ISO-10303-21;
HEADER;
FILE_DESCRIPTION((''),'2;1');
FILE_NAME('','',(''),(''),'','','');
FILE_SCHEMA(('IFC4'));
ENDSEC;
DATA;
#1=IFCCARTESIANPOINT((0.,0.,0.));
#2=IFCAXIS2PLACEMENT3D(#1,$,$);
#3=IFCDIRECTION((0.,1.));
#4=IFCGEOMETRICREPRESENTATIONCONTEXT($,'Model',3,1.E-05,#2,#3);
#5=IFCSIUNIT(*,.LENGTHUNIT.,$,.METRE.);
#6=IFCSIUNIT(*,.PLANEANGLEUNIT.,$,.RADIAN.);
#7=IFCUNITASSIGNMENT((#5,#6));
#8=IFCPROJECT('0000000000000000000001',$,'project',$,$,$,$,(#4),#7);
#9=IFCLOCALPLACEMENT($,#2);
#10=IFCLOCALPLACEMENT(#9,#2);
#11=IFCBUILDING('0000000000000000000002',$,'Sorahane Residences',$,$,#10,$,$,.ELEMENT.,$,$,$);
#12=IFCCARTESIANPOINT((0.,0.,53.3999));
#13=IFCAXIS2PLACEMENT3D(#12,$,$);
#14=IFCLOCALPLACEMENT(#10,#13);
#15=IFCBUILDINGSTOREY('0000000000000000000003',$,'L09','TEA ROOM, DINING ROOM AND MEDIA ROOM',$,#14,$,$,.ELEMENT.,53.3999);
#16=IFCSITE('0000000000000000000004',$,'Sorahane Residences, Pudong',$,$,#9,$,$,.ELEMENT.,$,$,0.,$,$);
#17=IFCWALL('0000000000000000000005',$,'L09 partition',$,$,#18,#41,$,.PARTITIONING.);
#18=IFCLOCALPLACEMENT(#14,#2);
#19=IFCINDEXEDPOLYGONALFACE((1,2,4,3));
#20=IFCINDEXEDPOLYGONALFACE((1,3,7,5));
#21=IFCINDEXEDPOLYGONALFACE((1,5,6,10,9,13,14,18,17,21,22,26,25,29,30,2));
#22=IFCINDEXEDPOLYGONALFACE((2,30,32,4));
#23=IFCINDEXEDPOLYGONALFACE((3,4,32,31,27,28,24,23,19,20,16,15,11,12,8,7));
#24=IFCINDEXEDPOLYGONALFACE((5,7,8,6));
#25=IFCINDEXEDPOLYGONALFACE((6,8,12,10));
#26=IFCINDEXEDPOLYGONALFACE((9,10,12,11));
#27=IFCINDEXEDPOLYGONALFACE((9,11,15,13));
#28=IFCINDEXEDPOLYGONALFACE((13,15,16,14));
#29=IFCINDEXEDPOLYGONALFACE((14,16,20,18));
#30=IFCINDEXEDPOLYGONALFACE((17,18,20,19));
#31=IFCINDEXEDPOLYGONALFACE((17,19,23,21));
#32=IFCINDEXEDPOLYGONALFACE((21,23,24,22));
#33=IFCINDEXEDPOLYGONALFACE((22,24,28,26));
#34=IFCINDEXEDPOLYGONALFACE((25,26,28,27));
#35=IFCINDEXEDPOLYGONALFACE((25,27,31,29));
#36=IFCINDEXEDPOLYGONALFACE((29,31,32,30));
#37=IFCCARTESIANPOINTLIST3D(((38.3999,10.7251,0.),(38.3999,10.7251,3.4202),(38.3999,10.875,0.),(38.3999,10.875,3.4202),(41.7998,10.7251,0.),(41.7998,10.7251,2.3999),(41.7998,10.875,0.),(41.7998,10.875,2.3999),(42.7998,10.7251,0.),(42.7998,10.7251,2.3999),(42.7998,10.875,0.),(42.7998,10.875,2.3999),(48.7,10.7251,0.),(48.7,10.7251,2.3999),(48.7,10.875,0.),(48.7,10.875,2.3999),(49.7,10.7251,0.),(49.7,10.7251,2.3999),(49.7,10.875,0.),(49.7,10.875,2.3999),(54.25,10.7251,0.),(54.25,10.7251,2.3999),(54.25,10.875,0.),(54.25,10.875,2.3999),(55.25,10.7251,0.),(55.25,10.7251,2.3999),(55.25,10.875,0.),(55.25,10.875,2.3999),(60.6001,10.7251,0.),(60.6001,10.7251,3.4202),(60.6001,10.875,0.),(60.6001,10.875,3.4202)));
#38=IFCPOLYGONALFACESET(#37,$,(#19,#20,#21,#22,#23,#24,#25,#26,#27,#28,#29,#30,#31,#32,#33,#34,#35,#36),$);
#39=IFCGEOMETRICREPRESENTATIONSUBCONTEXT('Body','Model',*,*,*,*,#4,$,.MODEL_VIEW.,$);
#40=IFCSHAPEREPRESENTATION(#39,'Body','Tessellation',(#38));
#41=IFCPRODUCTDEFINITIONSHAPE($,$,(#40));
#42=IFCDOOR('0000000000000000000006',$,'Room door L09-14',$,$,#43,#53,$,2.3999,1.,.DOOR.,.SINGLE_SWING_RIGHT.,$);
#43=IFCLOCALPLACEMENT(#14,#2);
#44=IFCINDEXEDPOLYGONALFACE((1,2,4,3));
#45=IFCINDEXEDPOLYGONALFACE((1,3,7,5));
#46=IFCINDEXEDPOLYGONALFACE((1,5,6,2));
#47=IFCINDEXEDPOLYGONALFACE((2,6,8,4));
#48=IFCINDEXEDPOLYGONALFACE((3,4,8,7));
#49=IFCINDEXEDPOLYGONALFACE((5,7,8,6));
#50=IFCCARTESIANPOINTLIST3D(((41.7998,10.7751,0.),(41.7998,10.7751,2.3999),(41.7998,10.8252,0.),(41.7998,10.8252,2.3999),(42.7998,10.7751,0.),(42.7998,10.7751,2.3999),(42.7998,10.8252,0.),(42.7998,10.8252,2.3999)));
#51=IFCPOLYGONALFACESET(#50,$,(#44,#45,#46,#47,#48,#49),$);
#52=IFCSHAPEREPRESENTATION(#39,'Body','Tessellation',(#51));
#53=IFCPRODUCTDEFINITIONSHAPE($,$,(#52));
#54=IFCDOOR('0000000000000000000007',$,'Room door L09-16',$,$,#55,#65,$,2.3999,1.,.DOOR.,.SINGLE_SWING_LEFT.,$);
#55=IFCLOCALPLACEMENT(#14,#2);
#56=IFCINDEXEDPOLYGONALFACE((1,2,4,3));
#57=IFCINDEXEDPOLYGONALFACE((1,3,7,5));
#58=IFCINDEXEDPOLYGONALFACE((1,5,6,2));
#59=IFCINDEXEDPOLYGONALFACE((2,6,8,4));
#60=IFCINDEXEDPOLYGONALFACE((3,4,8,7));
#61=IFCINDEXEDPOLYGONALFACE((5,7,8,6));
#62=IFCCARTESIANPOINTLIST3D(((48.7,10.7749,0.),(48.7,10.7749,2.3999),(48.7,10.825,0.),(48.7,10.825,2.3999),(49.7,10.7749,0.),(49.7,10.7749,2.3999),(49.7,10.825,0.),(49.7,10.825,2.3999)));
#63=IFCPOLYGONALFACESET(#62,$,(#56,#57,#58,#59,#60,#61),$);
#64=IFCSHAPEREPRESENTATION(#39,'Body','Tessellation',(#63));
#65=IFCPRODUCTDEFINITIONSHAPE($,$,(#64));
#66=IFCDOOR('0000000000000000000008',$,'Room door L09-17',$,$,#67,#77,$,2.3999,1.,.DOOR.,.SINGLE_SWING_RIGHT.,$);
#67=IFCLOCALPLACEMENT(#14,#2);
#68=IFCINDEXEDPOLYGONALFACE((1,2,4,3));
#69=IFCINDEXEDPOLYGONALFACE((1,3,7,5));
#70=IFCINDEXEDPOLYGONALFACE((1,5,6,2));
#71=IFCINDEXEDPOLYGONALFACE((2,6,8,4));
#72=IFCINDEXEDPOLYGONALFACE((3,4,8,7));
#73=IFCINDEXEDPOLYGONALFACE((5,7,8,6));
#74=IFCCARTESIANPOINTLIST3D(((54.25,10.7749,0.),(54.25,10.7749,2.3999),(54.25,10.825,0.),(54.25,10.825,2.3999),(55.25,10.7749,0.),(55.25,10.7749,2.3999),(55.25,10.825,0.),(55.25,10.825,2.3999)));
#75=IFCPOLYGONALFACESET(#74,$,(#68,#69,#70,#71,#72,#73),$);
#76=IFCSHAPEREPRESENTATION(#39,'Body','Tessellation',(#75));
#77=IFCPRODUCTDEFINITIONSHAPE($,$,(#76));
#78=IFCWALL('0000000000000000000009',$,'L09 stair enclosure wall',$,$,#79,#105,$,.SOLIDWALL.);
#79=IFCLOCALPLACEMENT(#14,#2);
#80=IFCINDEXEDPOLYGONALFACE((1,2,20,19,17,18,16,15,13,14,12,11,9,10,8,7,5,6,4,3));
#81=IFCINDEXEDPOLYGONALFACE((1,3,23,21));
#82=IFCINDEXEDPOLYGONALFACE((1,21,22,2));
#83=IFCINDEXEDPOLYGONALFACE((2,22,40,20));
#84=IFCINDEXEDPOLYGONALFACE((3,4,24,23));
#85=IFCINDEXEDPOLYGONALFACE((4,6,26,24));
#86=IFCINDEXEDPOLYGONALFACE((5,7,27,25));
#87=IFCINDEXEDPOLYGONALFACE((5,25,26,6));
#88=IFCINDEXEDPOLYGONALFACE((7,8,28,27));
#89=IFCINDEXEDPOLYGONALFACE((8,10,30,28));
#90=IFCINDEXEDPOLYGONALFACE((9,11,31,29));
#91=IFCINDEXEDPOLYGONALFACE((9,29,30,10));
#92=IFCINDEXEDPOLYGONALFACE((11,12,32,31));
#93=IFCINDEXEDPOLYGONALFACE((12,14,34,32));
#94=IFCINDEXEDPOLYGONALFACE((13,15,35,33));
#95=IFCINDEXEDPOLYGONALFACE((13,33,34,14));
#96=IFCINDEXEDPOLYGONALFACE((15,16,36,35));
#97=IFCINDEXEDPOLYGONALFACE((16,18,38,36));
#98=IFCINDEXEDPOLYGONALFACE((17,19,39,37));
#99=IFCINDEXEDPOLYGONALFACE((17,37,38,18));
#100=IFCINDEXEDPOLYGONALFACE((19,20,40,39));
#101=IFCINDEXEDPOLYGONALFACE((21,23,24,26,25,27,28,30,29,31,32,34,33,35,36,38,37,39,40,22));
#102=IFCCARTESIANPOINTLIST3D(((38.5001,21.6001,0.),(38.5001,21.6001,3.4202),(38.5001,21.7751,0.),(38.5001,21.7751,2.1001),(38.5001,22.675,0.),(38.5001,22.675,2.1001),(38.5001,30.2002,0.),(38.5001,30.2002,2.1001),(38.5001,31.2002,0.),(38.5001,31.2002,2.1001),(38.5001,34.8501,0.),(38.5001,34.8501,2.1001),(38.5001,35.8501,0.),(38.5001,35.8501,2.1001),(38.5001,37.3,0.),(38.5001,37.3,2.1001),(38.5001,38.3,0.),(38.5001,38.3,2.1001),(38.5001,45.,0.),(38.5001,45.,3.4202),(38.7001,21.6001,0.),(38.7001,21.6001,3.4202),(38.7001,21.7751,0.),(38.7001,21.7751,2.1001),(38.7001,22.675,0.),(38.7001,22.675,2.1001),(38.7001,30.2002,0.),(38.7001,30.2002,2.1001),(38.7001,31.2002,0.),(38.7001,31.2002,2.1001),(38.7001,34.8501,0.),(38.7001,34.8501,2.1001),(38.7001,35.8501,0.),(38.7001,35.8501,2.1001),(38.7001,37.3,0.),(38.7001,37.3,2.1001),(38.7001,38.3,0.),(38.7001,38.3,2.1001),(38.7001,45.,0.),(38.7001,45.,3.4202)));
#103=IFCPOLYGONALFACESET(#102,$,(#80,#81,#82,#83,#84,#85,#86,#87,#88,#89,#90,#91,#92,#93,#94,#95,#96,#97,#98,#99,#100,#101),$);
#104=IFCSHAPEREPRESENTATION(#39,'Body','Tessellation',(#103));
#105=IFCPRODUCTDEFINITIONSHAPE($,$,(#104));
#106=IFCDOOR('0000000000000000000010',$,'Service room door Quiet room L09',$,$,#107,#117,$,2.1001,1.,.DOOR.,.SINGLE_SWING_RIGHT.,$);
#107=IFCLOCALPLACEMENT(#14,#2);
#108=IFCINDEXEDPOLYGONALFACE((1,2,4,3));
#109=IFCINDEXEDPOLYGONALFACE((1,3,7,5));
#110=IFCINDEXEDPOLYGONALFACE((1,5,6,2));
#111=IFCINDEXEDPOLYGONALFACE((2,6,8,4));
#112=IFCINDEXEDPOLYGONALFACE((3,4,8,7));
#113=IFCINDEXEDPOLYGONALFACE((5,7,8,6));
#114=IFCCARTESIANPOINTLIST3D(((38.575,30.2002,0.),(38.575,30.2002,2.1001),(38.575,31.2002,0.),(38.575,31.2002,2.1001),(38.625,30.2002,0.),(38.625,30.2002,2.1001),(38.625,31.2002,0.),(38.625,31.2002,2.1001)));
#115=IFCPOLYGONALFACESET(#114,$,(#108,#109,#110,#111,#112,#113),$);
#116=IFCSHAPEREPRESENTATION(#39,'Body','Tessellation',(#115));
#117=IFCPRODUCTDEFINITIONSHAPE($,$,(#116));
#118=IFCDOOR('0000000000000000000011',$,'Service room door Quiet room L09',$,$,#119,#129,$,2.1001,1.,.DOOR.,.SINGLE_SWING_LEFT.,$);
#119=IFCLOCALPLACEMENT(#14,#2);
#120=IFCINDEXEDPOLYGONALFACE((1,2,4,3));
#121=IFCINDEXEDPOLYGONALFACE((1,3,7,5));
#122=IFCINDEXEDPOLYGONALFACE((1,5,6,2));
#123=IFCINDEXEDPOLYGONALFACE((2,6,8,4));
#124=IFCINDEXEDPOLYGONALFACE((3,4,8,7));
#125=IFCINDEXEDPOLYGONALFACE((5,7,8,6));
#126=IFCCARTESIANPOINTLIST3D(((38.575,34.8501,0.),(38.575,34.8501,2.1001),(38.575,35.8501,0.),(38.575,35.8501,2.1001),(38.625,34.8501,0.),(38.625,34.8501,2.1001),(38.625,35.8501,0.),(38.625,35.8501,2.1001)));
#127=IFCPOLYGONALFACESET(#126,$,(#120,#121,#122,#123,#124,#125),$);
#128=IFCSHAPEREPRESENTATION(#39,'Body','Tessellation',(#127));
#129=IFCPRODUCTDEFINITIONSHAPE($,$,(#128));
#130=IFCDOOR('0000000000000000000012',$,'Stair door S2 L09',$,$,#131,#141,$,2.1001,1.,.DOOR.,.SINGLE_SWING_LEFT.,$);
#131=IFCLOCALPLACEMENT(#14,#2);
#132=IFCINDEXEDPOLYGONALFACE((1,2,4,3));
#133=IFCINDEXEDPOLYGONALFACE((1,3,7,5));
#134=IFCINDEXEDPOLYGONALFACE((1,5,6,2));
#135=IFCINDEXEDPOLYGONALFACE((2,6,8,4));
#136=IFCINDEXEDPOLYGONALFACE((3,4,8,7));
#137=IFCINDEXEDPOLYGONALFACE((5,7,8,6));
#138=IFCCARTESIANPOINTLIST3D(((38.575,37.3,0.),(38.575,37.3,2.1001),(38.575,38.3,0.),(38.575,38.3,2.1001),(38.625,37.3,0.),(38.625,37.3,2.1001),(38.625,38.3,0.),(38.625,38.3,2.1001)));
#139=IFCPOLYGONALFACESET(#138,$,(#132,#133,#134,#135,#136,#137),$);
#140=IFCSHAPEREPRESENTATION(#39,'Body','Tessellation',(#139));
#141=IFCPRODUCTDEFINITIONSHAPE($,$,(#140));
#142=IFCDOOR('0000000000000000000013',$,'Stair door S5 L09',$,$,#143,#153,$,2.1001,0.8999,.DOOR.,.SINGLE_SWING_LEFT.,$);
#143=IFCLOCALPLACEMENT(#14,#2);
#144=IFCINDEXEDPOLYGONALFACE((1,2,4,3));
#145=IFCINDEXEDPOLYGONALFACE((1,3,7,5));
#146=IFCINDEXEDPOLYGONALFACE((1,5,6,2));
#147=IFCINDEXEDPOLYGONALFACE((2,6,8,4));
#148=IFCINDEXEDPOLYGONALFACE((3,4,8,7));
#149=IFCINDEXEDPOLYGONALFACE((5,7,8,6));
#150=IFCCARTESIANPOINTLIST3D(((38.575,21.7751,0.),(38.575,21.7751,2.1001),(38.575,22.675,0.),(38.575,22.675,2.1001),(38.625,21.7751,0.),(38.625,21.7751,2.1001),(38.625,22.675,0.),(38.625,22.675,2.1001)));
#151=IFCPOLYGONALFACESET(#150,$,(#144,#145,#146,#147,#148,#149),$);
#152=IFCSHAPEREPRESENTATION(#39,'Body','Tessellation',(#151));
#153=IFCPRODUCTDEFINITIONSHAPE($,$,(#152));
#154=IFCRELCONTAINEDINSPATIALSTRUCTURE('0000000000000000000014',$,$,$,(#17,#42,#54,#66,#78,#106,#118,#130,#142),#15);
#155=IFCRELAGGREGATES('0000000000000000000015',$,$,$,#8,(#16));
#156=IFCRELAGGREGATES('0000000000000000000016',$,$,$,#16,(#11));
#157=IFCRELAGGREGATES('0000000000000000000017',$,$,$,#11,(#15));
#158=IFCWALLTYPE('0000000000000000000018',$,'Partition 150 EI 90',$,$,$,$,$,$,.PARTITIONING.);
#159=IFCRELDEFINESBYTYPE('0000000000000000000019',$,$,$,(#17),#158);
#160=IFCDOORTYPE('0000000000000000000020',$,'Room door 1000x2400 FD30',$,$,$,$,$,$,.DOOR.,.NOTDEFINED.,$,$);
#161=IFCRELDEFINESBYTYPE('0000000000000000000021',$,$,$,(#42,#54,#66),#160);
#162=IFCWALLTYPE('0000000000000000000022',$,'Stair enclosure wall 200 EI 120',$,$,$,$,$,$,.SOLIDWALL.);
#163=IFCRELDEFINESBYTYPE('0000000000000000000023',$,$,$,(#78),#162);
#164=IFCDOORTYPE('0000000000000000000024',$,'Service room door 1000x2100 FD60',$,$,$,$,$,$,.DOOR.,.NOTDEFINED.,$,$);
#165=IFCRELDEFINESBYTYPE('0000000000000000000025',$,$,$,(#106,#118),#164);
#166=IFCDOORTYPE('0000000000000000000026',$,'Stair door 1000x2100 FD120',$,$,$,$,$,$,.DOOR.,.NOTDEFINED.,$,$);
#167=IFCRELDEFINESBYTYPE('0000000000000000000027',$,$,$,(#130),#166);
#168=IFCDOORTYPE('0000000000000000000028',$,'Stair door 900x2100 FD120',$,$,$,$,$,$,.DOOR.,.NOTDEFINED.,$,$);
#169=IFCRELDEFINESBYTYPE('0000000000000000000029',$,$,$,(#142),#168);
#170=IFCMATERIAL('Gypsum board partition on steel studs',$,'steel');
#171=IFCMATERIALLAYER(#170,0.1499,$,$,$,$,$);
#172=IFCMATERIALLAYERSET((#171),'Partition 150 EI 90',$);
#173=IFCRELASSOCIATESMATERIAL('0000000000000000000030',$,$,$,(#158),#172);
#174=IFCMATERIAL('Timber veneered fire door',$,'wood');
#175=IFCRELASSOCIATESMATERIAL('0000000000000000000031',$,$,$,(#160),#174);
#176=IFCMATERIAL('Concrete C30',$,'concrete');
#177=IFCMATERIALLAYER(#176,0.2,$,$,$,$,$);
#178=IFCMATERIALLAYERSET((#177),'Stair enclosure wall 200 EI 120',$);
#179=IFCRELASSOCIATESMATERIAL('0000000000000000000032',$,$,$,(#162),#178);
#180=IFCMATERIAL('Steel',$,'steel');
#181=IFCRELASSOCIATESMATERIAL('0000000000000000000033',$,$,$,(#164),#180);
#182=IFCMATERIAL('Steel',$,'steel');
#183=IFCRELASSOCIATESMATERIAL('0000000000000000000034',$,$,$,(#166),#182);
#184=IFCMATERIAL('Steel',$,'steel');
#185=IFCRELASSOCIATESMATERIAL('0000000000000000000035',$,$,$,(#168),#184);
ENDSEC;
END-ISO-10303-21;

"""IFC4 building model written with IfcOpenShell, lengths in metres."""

from ifc_helpers import new_model, si_unit, direction, frame, frame_2d, origin, place, context, subcontext, project, spatial, rectangle, extrude, material, layer, layer_set, type_object, element, fill, save


model = new_model("IFC4")

# Units and contexts
model_context = context("Model", 3, precision=1e-05, world=origin(), true_north=direction((0.0, 1.0)))
body_context = subcontext(model_context, "Body", "Model", "MODEL_VIEW")
ifc_project = project(units=[si_unit("LENGTHUNIT", "METRE"), si_unit("PLANEANGLEUNIT", "RADIAN")], contexts=[model_context])

# Site, building, storey
site_placement = place(None, origin())
site = spatial("IfcSite", under=ifc_project, at=site_placement, Name="Sorahane Residences, Pudong", CompositionType="ELEMENT", RefElevation=0.0)
building_placement = place(site_placement, origin())
building = spatial("IfcBuilding", under=site, at=building_placement, Name="Sorahane Residences", CompositionType="ELEMENT")
storey_placement = place(building_placement, frame((0.0, 0.0, 53.3999)))
storey = spatial("IfcBuildingStorey", under=building, at=storey_placement, Name="L09", Description="TEA ROOM, DINING ROOM AND MEDIA ROOM", CompositionType="ELEMENT", Elevation=53.3999)

# Walls, openings, doors
ifc_material_1 = material(Name="Gypsum board partition on steel studs", Category="steel")
ifc_layer_1 = layer(ifc_material_1, 0.1499)
ifc_layer_set_1 = layer_set([ifc_layer_1], Name="Partition 150 EI 90")
wall_type_1 = type_object("IfcWallType", Name="Partition 150 EI 90", PredefinedType="PARTITIONING", material=ifc_layer_set_1)
wall_1_placement = place(storey_placement, frame((38.3999, 10.8, 0.0), z_axis=(0.0, 0.0, 1.0), x_axis=(1.0, 0.0, 0.0)))
wall_1 = element("IfcWall", 1, at=wall_1_placement, inside=storey, type_object=wall_type_1, Name="L09 partition", PredefinedType="PARTITIONING", context=body_context, shape_type="SweptSolid", body=[
    extrude(rectangle(XDim=22.2002, YDim=0.1499, at=frame_2d((11.1001, 0.0))), origin(), (0.0, 0.0, 1.0), 3.4202),
])
opening_1_placement = place(wall_1_placement, frame((3.3999, 0.0, 0.0)))
opening_1 = element("IfcOpeningElement", 2, at=opening_1_placement, cuts=wall_1, PredefinedType="OPENING", context=body_context, shape_type="SweptSolid", body=[
    extrude(rectangle(XDim=1.0, YDim=2.3999, at=frame_2d((0.5, 1.2))), frame((0.0, 0.085, 0.0), z_axis=(0.0, -1.0, 0.0), x_axis=(1.0, 0.0, 0.0)), (0.0, 0.0, 1.0), 0.1699),
])
opening_2_placement = place(wall_1_placement, frame((10.3, 0.0, 0.0)))
opening_2 = element("IfcOpeningElement", 3, at=opening_2_placement, cuts=wall_1, PredefinedType="OPENING", context=body_context, shape_type="SweptSolid", body=[
    extrude(rectangle(XDim=1.0, YDim=2.3999, at=frame_2d((0.5, 1.2))), frame((0.0, 0.085, 0.0), z_axis=(0.0, -1.0, 0.0), x_axis=(1.0, 0.0, 0.0)), (0.0, 0.0, 1.0), 0.1699),
])
opening_3_placement = place(wall_1_placement, frame((15.8501, 0.0, 0.0)))
opening_3 = element("IfcOpeningElement", 4, at=opening_3_placement, cuts=wall_1, PredefinedType="OPENING", context=body_context, shape_type="SweptSolid", body=[
    extrude(rectangle(XDim=1.0, YDim=2.3999, at=frame_2d((0.5, 1.2))), frame((0.0, 0.085, 0.0), z_axis=(0.0, -1.0, 0.0), x_axis=(1.0, 0.0, 0.0)), (0.0, 0.0, 1.0), 0.1699),
])
ifc_material_2 = material(Name="Timber veneered fire door", Category="wood")
door_type_1 = type_object("IfcDoorType", Name="Room door 1000x2400 FD30", OperationType="NOTDEFINED", PredefinedType="DOOR", material=ifc_material_2)
door_1_placement = place(opening_1_placement, frame((1.0, 0.0, 0.0), z_axis=(0.0, 0.0, 1.0), x_axis=(-1.0, 0.0, 0.0)))
door_1 = element("IfcDoor", 5, at=door_1_placement, inside=storey, type_object=door_type_1, Name="Room door L09-14", OperationType="SINGLE_SWING_RIGHT", OverallHeight=2.3999, OverallWidth=1.0, PredefinedType="DOOR", context=body_context, shape_type="SweptSolid", body=[
    extrude(rectangle(XDim=1.0, YDim=2.3999, at=frame_2d((0.5, 1.2))), frame((0.0, 0.0249, 0.0), z_axis=(0.0, -1.0, 0.0), x_axis=(1.0, 0.0, 0.0)), (0.0, 0.0, 1.0), 0.05),
])
fill(opening_1, door_1)
door_2_placement = place(opening_2_placement, origin())
door_2 = element("IfcDoor", 6, at=door_2_placement, inside=storey, type_object=door_type_1, Name="Room door L09-16", OperationType="SINGLE_SWING_LEFT", OverallHeight=2.3999, OverallWidth=1.0, PredefinedType="DOOR", context=body_context, shape_type="SweptSolid", body=[
    extrude(rectangle(XDim=1.0, YDim=2.3999, at=frame_2d((0.5, 1.2))), frame((0.0, 0.0249, 0.0), z_axis=(0.0, -1.0, 0.0), x_axis=(1.0, 0.0, 0.0)), (0.0, 0.0, 1.0), 0.05),
])
fill(opening_2, door_2)
door_3_placement = place(opening_3_placement, origin())
door_3 = element("IfcDoor", 7, at=door_3_placement, inside=storey, type_object=door_type_1, Name="Room door L09-17", OperationType="SINGLE_SWING_RIGHT", OverallHeight=2.3999, OverallWidth=1.0, PredefinedType="DOOR", context=body_context, shape_type="SweptSolid", body=[
    extrude(rectangle(XDim=1.0, YDim=2.3999, at=frame_2d((0.5, 1.2))), frame((0.0, 0.0249, 0.0), z_axis=(0.0, -1.0, 0.0), x_axis=(1.0, 0.0, 0.0)), (0.0, 0.0, 1.0), 0.05),
])
fill(opening_3, door_3)
ifc_material_3 = material(Name="Concrete C30", Category="concrete")
ifc_layer_2 = layer(ifc_material_3, 0.2)
ifc_layer_set_2 = layer_set([ifc_layer_2], Name="Stair enclosure wall 200 EI 120")
wall_type_2 = type_object("IfcWallType", Name="Stair enclosure wall 200 EI 120", PredefinedType="SOLIDWALL", material=ifc_layer_set_2)
wall_2_placement = place(storey_placement, frame((38.6001, 21.6001, 0.0), z_axis=(0.0, 0.0, 1.0), x_axis=(0.0, 1.0, 0.0)))
wall_2 = element("IfcWall", 8, at=wall_2_placement, inside=storey, type_object=wall_type_2, Name="L09 stair enclosure wall", PredefinedType="SOLIDWALL", context=body_context, shape_type="SweptSolid", body=[
    extrude(rectangle(XDim=23.3999, YDim=0.2, at=frame_2d((11.7, 0.0))), origin(), (0.0, 0.0, 1.0), 3.4202),
])
opening_4_placement = place(wall_2_placement, frame((8.6001, 0.0, 0.0)))
opening_4 = element("IfcOpeningElement", 9, at=opening_4_placement, cuts=wall_2, PredefinedType="OPENING", context=body_context, shape_type="SweptSolid", body=[
    extrude(rectangle(XDim=1.0, YDim=2.1001, at=frame_2d((0.5, 1.05))), frame((0.0, 0.1099, 0.0), z_axis=(0.0, -1.0, 0.0), x_axis=(1.0, 0.0, 0.0)), (0.0, 0.0, 1.0), 0.22),
])
opening_5_placement = place(wall_2_placement, frame((13.25, 0.0, 0.0)))
opening_5 = element("IfcOpeningElement", 10, at=opening_5_placement, cuts=wall_2, PredefinedType="OPENING", context=body_context, shape_type="SweptSolid", body=[
    extrude(rectangle(XDim=1.0, YDim=2.1001, at=frame_2d((0.5, 1.05))), frame((0.0, 0.1099, 0.0), z_axis=(0.0, -1.0, 0.0), x_axis=(1.0, 0.0, 0.0)), (0.0, 0.0, 1.0), 0.22),
])
opening_6_placement = place(wall_2_placement, frame((15.7, 0.0, 0.0)))
opening_6 = element("IfcOpeningElement", 11, at=opening_6_placement, cuts=wall_2, PredefinedType="OPENING", context=body_context, shape_type="SweptSolid", body=[
    extrude(rectangle(XDim=1.0, YDim=2.1001, at=frame_2d((0.5, 1.05))), frame((0.0, 0.1099, 0.0), z_axis=(0.0, -1.0, 0.0), x_axis=(1.0, 0.0, 0.0)), (0.0, 0.0, 1.0), 0.22),
])
opening_7_placement = place(wall_2_placement, frame((0.175, 0.0, 0.0)))
opening_7 = element("IfcOpeningElement", 12, at=opening_7_placement, cuts=wall_2, PredefinedType="OPENING", context=body_context, shape_type="SweptSolid", body=[
    extrude(rectangle(XDim=0.8999, YDim=2.1001, at=frame_2d((0.45, 1.05))), frame((0.0, 0.1099, 0.0), z_axis=(0.0, -1.0, 0.0), x_axis=(1.0, 0.0, 0.0)), (0.0, 0.0, 1.0), 0.22),
])
ifc_material_4 = material(Name="Steel", Category="steel")
door_type_2 = type_object("IfcDoorType", Name="Service room door 1000x2100 FD60", OperationType="NOTDEFINED", PredefinedType="DOOR", material=ifc_material_4)
door_4_placement = place(opening_4_placement, frame((1.0, 0.0, 0.0), z_axis=(0.0, 0.0, 1.0), x_axis=(-1.0, 0.0, 0.0)))
door_4 = element("IfcDoor", 13, at=door_4_placement, inside=storey, type_object=door_type_2, Name="Service room door Quiet room L09", OperationType="SINGLE_SWING_RIGHT", OverallHeight=2.1001, OverallWidth=1.0, PredefinedType="DOOR", context=body_context, shape_type="SweptSolid", body=[
    extrude(rectangle(XDim=1.0, YDim=2.1001, at=frame_2d((0.5, 1.05))), frame((0.0, 0.0249, 0.0), z_axis=(0.0, -1.0, 0.0), x_axis=(1.0, 0.0, 0.0)), (0.0, 0.0, 1.0), 0.05),
])
fill(opening_4, door_4)
door_5_placement = place(opening_5_placement, frame((1.0, 0.0, 0.0), z_axis=(0.0, 0.0, 1.0), x_axis=(-1.0, 0.0, 0.0)))
door_5 = element("IfcDoor", 14, at=door_5_placement, inside=storey, type_object=door_type_2, Name="Service room door Quiet room L09", OperationType="SINGLE_SWING_LEFT", OverallHeight=2.1001, OverallWidth=1.0, PredefinedType="DOOR", context=body_context, shape_type="SweptSolid", body=[
    extrude(rectangle(XDim=1.0, YDim=2.1001, at=frame_2d((0.5, 1.05))), frame((0.0, 0.0249, 0.0), z_axis=(0.0, -1.0, 0.0), x_axis=(1.0, 0.0, 0.0)), (0.0, 0.0, 1.0), 0.05),
])
fill(opening_5, door_5)
ifc_material_5 = material(Name="Steel", Category="steel")
door_type_3 = type_object("IfcDoorType", Name="Stair door 1000x2100 FD120", OperationType="NOTDEFINED", PredefinedType="DOOR", material=ifc_material_5)
door_6_placement = place(opening_6_placement, frame((1.0, 0.0, 0.0), z_axis=(0.0, 0.0, 1.0), x_axis=(-1.0, 0.0, 0.0)))
door_6 = element("IfcDoor", 15, at=door_6_placement, inside=storey, type_object=door_type_3, Name="Stair door S2 L09", OperationType="SINGLE_SWING_LEFT", OverallHeight=2.1001, OverallWidth=1.0, PredefinedType="DOOR", context=body_context, shape_type="SweptSolid", body=[
    extrude(rectangle(XDim=1.0, YDim=2.1001, at=frame_2d((0.5, 1.05))), frame((0.0, 0.0249, 0.0), z_axis=(0.0, -1.0, 0.0), x_axis=(1.0, 0.0, 0.0)), (0.0, 0.0, 1.0), 0.05),
])
fill(opening_6, door_6)
ifc_material_6 = material(Name="Steel", Category="steel")
door_type_4 = type_object("IfcDoorType", Name="Stair door 900x2100 FD120", OperationType="NOTDEFINED", PredefinedType="DOOR", material=ifc_material_6)
door_7_placement = place(opening_7_placement, frame((0.8999, 0.0, 0.0), z_axis=(0.0, 0.0, 1.0), x_axis=(-1.0, 0.0, 0.0)))
door_7 = element("IfcDoor", 16, at=door_7_placement, inside=storey, type_object=door_type_4, Name="Stair door S5 L09", OperationType="SINGLE_SWING_LEFT", OverallHeight=2.1001, OverallWidth=0.8999, PredefinedType="DOOR", context=body_context, shape_type="SweptSolid", body=[
    extrude(rectangle(XDim=0.8999, YDim=2.1001, at=frame_2d((0.45, 1.05))), frame((0.0, 0.0249, 0.0), z_axis=(0.0, -1.0, 0.0), x_axis=(1.0, 0.0, 0.0)), (0.0, 0.0, 1.0), 0.05),
])
fill(opening_7, door_7)

save(model, "model.ifc")
